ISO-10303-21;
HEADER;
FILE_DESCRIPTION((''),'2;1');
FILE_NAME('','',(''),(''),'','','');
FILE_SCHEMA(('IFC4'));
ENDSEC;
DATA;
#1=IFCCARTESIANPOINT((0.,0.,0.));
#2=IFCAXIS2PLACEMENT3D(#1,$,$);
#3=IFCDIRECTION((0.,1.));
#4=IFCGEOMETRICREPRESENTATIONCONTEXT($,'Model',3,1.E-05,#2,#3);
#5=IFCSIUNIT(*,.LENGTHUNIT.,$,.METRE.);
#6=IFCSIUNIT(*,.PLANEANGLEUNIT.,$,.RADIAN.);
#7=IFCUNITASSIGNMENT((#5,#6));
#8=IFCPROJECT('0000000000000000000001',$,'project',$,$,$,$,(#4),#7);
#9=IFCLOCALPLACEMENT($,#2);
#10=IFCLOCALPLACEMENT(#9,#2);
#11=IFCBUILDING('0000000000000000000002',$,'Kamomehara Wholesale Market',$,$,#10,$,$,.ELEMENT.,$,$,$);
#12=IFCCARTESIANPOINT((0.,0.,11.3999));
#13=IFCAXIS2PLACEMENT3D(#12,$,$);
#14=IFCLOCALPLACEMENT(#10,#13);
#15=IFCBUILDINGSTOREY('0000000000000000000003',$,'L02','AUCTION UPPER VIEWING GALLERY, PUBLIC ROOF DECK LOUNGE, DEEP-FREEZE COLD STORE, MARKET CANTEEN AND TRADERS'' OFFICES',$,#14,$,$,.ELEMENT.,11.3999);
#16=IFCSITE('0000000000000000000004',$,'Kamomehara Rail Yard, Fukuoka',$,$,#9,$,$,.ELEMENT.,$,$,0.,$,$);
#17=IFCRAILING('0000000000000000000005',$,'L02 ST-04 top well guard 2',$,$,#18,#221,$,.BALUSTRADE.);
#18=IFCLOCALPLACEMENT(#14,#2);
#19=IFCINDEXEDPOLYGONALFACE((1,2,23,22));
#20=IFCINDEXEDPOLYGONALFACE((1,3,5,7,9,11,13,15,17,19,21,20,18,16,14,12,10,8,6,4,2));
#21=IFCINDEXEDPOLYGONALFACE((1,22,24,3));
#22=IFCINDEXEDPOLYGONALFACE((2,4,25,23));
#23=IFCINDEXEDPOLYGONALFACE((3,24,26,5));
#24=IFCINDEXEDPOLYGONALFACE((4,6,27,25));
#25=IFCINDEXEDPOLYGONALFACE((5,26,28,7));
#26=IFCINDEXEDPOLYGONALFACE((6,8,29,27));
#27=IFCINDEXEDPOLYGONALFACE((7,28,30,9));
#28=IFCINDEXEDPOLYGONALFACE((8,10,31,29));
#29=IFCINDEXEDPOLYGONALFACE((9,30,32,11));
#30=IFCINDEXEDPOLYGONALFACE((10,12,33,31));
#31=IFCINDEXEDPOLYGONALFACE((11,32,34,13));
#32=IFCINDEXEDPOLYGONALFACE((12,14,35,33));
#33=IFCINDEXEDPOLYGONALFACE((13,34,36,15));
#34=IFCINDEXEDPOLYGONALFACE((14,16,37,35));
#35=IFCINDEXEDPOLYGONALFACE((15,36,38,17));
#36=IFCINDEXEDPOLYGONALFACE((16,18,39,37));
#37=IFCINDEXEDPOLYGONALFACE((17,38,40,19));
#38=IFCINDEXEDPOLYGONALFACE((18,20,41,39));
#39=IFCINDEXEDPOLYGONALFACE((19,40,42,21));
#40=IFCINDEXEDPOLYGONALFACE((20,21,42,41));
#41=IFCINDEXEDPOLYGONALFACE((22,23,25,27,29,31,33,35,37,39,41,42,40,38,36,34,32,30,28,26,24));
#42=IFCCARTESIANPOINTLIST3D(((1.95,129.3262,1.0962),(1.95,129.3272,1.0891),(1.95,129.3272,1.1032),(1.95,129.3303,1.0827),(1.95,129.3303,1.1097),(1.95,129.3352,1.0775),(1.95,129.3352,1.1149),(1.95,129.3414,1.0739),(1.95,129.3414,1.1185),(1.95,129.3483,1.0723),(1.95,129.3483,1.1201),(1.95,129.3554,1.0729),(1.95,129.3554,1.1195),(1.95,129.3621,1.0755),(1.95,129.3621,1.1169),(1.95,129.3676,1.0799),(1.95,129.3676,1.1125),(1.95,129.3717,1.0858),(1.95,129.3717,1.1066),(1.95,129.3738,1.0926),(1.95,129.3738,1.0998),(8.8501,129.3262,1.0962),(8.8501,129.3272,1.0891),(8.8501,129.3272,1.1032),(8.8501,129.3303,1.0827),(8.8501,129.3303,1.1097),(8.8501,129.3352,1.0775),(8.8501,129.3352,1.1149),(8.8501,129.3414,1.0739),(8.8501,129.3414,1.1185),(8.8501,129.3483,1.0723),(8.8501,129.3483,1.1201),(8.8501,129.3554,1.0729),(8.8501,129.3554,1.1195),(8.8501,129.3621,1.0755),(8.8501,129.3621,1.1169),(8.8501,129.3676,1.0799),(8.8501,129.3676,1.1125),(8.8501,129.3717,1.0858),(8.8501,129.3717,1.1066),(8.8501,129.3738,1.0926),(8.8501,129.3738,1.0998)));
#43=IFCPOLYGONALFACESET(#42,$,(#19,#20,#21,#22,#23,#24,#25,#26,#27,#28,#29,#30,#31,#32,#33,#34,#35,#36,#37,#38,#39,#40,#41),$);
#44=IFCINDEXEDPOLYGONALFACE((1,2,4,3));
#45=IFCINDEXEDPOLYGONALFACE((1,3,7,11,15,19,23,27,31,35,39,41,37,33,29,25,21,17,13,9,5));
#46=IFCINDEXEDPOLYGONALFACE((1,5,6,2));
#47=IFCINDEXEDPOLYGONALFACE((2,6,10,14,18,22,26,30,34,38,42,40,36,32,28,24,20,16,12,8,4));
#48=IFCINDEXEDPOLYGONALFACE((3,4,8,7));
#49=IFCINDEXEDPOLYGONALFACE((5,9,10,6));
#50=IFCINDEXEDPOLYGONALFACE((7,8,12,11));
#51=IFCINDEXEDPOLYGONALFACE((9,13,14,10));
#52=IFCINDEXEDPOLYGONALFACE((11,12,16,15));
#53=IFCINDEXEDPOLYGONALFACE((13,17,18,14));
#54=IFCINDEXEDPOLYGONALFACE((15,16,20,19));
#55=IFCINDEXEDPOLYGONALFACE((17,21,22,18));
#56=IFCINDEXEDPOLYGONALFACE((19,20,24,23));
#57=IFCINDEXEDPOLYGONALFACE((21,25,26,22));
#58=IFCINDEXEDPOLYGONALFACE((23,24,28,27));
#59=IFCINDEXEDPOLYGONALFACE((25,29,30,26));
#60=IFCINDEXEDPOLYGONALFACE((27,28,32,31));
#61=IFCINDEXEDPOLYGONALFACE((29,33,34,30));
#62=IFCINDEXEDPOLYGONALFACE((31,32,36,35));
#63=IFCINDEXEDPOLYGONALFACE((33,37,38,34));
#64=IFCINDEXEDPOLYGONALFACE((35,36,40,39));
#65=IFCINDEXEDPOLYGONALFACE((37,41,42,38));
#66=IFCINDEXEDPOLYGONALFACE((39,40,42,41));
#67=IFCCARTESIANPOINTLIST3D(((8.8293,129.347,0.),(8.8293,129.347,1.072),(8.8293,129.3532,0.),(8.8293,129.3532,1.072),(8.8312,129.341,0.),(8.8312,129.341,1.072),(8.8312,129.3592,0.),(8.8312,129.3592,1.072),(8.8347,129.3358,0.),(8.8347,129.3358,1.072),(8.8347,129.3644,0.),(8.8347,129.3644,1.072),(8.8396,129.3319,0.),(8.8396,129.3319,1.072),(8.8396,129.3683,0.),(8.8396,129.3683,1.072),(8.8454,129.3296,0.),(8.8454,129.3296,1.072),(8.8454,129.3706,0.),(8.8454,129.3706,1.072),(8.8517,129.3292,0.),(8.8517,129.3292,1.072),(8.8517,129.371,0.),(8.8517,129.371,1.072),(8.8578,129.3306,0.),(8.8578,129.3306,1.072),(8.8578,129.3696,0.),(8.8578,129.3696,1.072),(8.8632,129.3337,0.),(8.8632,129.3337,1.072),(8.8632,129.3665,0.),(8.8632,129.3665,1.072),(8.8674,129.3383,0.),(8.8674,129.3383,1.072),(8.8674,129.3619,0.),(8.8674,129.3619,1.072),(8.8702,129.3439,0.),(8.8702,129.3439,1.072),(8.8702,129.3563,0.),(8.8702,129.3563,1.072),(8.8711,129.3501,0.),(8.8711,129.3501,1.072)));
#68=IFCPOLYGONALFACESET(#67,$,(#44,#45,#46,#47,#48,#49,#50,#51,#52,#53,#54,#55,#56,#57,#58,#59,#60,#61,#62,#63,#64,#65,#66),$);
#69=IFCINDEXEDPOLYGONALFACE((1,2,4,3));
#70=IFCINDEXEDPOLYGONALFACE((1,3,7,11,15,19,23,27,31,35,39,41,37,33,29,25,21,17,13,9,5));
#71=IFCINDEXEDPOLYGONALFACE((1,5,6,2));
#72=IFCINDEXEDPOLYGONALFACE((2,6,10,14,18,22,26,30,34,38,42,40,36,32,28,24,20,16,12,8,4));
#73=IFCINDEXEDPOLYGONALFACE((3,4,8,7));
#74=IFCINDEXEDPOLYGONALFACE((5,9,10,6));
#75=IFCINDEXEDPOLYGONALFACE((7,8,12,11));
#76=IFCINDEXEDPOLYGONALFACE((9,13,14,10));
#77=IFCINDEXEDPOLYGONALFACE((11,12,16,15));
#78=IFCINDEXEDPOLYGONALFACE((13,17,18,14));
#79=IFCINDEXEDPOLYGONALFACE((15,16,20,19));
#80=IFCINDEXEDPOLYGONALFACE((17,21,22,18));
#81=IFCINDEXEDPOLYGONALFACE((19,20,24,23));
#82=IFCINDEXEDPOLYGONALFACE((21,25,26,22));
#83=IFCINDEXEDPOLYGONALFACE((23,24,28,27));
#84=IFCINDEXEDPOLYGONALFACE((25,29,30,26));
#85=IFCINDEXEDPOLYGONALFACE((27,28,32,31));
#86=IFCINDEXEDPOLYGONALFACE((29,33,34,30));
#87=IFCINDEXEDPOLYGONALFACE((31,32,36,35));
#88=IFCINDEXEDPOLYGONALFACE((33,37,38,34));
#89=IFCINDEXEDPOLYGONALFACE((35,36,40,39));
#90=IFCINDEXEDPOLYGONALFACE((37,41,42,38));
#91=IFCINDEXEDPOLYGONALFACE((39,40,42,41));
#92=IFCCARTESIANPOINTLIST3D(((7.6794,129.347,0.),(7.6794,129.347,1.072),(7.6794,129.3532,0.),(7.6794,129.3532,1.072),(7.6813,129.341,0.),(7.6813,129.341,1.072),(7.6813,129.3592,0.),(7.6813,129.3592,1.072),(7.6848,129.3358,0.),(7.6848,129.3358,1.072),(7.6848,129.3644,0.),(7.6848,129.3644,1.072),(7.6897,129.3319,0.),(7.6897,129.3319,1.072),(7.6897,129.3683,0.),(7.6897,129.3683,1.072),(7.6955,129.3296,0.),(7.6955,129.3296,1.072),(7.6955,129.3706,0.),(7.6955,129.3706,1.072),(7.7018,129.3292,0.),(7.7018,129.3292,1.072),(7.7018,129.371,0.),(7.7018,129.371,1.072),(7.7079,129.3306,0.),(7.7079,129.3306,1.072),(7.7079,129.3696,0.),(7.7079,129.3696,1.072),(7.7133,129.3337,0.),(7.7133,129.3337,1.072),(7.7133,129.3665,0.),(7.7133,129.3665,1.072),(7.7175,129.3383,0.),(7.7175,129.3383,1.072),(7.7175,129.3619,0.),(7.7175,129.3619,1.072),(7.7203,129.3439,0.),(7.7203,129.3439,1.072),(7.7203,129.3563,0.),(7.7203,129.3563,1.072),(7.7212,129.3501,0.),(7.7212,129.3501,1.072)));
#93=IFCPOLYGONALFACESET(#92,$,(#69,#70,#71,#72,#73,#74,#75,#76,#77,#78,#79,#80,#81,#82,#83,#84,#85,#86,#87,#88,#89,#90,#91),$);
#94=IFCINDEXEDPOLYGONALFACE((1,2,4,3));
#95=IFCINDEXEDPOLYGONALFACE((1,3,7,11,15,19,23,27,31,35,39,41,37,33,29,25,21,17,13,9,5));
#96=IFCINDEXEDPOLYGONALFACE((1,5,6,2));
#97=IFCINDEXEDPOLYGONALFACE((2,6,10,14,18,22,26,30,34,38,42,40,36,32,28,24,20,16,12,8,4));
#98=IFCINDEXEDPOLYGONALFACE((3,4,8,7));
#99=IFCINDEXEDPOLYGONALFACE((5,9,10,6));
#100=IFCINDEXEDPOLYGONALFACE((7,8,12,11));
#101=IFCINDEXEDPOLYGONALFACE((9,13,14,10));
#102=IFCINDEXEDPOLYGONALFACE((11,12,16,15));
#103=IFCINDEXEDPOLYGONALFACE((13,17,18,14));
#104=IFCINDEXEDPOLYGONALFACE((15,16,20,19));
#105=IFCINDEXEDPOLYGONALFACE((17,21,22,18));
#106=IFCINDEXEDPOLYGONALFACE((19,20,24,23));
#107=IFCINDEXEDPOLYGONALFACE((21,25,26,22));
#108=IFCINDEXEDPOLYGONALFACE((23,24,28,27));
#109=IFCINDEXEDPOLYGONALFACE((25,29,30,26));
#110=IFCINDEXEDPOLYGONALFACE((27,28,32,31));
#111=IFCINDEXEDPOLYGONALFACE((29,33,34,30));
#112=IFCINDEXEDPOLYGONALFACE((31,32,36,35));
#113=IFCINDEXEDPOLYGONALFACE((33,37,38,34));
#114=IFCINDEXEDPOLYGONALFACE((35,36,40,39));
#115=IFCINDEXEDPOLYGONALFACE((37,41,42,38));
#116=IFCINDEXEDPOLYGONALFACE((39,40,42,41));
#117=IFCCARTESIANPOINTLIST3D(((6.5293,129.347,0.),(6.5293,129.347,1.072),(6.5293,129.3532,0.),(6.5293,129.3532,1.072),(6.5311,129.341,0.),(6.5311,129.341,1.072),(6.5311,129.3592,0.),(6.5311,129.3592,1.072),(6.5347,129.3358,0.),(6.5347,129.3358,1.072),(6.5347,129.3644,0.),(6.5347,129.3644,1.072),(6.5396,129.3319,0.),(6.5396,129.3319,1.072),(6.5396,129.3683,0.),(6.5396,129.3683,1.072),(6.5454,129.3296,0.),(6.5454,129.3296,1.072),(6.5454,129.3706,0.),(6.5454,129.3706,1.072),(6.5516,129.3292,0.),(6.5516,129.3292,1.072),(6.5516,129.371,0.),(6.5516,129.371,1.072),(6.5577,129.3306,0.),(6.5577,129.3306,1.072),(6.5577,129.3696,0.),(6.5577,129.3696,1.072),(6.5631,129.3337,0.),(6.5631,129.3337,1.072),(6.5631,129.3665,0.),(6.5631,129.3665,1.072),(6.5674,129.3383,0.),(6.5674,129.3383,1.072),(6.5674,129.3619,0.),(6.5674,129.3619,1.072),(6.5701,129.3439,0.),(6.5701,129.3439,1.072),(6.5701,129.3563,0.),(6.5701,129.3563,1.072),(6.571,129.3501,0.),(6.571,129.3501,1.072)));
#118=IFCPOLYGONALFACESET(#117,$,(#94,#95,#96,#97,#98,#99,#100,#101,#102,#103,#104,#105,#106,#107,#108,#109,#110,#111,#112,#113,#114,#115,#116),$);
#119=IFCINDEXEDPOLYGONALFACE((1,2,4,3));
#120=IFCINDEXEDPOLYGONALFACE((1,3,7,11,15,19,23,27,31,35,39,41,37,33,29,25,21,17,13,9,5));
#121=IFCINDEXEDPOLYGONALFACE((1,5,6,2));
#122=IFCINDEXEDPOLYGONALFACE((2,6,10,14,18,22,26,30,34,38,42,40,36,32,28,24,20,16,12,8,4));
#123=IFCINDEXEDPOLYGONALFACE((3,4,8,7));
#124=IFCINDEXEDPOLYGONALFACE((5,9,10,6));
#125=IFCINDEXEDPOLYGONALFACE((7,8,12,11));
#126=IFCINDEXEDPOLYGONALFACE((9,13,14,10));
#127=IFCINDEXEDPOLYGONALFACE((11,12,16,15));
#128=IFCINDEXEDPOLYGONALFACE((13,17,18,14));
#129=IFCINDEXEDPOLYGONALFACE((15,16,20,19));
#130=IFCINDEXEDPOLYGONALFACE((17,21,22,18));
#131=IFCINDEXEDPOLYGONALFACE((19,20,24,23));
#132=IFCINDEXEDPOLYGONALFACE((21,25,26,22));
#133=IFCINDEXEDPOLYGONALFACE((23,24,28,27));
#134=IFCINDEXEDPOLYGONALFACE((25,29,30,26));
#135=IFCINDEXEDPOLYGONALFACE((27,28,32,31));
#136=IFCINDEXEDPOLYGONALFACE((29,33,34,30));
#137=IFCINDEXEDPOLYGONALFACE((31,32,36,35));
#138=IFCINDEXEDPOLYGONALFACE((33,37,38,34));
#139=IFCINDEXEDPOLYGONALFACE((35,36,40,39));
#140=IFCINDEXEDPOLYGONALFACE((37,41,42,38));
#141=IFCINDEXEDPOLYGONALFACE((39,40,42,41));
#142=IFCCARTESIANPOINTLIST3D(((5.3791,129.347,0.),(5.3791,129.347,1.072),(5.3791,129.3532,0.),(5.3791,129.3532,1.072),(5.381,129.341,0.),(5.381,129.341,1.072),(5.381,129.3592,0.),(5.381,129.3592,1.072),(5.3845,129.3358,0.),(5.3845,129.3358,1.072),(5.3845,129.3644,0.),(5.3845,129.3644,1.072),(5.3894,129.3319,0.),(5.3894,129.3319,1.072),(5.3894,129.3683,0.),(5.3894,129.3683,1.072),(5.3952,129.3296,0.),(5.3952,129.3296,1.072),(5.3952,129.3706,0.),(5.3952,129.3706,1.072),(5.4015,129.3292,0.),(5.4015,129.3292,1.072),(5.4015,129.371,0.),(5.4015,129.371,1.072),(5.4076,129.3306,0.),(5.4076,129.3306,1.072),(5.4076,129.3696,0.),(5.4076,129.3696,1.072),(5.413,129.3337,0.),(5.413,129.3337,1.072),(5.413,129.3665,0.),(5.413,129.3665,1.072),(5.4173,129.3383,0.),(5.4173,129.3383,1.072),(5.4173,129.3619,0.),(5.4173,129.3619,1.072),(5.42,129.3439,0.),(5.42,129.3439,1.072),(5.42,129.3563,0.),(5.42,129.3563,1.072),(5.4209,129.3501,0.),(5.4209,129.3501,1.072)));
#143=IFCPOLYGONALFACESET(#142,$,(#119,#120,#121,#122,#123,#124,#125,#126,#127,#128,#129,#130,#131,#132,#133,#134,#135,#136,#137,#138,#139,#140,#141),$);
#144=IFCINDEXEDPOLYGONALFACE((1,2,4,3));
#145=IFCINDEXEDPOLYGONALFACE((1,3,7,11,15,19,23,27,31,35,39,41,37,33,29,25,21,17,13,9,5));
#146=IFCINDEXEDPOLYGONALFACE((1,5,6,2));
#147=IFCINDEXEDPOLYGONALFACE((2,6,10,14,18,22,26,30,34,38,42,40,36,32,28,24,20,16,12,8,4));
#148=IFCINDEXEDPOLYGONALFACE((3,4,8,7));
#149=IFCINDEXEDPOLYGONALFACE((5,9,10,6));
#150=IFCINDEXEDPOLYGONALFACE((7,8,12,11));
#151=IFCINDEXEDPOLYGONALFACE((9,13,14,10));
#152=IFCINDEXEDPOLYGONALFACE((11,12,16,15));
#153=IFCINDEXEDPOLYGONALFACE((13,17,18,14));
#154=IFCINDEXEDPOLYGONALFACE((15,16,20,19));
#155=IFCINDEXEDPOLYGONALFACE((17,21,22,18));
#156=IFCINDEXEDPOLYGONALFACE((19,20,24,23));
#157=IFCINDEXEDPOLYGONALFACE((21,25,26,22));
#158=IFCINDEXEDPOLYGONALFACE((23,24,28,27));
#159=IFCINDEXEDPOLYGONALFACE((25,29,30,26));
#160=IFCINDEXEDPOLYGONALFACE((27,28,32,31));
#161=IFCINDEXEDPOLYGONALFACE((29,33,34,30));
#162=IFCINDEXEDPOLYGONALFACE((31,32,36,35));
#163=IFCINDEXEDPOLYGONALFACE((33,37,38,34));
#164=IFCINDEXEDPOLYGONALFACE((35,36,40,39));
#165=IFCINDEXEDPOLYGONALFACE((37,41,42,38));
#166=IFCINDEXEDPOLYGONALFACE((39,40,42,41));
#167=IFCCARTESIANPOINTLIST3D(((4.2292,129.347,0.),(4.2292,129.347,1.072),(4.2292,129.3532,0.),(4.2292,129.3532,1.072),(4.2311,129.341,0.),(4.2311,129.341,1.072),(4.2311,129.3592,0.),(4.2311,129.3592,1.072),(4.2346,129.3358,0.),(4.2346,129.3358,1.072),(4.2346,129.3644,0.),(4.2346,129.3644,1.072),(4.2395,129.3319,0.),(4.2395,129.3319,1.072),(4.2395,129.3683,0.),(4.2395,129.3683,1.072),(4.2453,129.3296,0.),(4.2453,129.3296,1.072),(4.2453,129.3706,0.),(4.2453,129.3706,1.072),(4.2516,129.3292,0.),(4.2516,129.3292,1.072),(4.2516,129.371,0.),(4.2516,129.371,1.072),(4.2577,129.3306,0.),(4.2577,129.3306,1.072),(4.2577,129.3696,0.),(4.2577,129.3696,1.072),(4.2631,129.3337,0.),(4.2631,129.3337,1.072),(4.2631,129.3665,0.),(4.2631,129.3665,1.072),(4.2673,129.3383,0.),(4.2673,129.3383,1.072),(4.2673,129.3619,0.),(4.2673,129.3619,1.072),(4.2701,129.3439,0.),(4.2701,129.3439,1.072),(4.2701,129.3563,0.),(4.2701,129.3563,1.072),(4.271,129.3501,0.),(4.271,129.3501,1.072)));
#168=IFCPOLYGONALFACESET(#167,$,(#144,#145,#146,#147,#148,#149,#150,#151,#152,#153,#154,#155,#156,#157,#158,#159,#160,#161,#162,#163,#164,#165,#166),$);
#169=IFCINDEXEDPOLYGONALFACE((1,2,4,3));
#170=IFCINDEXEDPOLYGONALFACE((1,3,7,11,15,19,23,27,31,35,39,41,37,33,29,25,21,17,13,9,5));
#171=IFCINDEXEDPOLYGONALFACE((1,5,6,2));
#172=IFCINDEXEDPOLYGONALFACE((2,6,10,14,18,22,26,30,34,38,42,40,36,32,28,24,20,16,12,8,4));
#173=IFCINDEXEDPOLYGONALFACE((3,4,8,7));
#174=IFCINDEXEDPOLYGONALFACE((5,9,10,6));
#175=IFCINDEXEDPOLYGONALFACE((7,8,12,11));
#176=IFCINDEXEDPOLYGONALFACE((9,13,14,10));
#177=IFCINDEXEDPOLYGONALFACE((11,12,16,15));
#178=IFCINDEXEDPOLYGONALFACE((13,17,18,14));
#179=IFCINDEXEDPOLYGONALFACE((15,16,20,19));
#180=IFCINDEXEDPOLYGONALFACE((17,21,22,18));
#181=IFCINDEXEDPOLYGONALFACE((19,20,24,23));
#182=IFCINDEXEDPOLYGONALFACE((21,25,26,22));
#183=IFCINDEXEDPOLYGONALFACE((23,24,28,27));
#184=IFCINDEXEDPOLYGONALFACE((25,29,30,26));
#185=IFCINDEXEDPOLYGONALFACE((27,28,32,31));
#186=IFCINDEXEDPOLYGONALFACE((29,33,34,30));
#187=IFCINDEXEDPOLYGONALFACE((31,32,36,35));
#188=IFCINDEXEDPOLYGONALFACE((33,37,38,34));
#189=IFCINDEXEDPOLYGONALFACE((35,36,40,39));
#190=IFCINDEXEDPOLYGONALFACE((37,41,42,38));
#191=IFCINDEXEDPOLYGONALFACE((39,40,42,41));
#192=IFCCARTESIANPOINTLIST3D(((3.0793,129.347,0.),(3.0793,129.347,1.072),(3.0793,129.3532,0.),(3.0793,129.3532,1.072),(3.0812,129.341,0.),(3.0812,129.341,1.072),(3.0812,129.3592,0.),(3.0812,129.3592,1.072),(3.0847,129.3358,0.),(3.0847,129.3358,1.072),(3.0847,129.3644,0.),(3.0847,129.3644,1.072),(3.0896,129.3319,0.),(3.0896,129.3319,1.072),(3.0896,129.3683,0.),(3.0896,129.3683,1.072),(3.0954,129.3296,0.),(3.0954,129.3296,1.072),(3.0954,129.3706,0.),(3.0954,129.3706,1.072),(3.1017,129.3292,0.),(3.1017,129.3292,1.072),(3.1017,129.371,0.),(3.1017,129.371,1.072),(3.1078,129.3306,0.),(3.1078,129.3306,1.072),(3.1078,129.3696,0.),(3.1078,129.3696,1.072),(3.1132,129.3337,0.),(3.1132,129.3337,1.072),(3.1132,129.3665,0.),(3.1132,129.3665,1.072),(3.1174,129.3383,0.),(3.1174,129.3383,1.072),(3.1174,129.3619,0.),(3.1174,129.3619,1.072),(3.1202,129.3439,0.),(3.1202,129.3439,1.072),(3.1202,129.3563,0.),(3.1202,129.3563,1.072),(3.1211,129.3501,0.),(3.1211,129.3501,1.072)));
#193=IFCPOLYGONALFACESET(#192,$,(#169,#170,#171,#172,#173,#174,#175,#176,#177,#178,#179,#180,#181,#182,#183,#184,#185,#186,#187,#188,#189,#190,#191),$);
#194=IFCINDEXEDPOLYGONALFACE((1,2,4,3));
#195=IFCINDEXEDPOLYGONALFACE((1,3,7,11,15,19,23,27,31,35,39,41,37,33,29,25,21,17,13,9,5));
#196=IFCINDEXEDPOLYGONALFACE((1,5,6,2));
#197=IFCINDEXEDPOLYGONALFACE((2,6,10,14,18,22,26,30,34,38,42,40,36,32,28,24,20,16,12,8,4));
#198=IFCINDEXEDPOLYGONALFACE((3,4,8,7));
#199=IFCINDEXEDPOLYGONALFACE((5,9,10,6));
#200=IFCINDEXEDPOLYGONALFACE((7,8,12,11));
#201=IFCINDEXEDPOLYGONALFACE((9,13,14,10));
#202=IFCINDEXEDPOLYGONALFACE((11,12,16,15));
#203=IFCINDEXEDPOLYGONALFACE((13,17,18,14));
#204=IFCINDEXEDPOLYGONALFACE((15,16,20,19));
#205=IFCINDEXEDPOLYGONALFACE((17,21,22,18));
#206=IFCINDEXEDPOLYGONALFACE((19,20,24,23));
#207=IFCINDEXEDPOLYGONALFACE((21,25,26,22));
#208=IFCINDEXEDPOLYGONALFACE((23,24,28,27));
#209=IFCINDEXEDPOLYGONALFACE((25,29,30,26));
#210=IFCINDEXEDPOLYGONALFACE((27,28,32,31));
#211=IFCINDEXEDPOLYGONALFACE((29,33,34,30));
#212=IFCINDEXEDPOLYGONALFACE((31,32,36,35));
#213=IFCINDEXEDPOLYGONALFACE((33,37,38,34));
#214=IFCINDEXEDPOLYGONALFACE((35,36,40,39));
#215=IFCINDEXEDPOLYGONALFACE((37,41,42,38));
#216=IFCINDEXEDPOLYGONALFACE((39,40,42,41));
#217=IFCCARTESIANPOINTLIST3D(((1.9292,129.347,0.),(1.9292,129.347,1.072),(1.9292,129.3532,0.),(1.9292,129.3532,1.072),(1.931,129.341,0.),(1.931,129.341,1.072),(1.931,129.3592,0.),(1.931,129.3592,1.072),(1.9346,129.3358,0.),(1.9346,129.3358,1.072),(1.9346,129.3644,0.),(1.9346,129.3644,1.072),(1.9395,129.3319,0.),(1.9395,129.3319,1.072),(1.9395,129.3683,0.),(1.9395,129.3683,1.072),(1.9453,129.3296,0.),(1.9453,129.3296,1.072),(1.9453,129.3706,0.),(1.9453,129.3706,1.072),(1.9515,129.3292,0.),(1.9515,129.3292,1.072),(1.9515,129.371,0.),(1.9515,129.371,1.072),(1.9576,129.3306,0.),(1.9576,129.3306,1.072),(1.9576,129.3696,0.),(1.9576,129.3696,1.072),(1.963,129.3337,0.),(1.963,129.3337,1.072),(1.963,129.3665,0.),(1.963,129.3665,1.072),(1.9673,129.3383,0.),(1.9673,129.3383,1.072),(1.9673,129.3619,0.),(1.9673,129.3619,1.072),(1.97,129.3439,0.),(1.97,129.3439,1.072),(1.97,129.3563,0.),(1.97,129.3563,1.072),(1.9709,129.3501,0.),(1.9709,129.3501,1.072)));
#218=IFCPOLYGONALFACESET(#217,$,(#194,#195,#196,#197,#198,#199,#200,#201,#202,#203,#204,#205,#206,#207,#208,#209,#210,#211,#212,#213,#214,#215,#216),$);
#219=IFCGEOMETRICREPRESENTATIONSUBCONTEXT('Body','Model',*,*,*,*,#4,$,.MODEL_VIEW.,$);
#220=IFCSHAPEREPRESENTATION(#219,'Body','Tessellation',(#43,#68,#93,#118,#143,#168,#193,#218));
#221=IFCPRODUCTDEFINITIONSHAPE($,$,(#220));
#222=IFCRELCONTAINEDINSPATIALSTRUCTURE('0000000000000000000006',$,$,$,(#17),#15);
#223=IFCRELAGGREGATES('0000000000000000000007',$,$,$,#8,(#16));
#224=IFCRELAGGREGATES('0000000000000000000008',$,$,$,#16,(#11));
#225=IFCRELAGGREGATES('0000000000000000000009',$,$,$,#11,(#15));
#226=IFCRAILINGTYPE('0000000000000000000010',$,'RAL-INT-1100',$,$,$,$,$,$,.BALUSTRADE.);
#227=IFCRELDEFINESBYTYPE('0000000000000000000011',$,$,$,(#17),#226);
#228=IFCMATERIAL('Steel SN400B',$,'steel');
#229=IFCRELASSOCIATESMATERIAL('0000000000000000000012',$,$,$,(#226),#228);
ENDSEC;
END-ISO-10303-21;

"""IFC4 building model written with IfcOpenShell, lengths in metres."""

from ifc_helpers import new_model, si_unit, direction, frame, origin, origin_2d, place, context, subcontext, project, spatial, circle, extrude, material, type_object, element, save


model = new_model("IFC4")

# Units and contexts
model_context = context("Model", 3, precision=1e-05, world=origin(), true_north=direction((0.0, 1.0)))
body_context = subcontext(model_context, "Body", "Model", "MODEL_VIEW")
ifc_project = project(units=[si_unit("LENGTHUNIT", "METRE"), si_unit("PLANEANGLEUNIT", "RADIAN")], contexts=[model_context])

# Site, building, storey
site_placement = place(None, origin())
site = spatial("IfcSite", under=ifc_project, at=site_placement, Name="Kamomehara Rail Yard, Fukuoka", CompositionType="ELEMENT", RefElevation=0.0)
building_placement = place(site_placement, origin())
building = spatial("IfcBuilding", under=site, at=building_placement, Name="Kamomehara Wholesale Market", CompositionType="ELEMENT")
storey_placement = place(building_placement, frame((0.0, 0.0, 11.3999)))
storey = spatial("IfcBuildingStorey", under=building, at=storey_placement, Name="L02", Description="AUCTION UPPER VIEWING GALLERY, PUBLIC ROOF DECK LOUNGE, DEEP-FREEZE COLD STORE, MARKET CANTEEN AND TRADERS' OFFICES", CompositionType="ELEMENT", Elevation=11.3999)

# Railing
ifc_material_1 = material(Name="Steel SN400B", Category="steel")
railing_type = type_object("IfcRailingType", Name="RAL-INT-1100", PredefinedType="BALUSTRADE", material=ifc_material_1)
railing_1_placement = place(storey_placement, frame((8.8501, 129.3501, 0.0)))
element("IfcRailing", 1, at=railing_1_placement, inside=storey, type_object=railing_type, Name="L02 ST-04 top well guard 2", PredefinedType="BALUSTRADE", context=body_context, shape_type="SweptSolid", body=[
    extrude(circle(Radius=0.0239, at=origin_2d()), frame((0.0, 0.0, 1.0962), z_axis=(-1.0, 0.0, 0.0), x_axis=(0.0, -1.0, 0.0)), (0.0, 0.0, 1.0), 6.9001),
    extrude(circle(Radius=0.021, at=origin_2d()), origin(), (0.0, 0.0, 1.0), 1.072),
    extrude(circle(Radius=0.021, at=origin_2d()), frame((-1.1499, 0.0, 0.0)), (0.0, 0.0, 1.0), 1.072),
    extrude(circle(Radius=0.021, at=origin_2d()), frame((-2.3, 0.0, 0.0)), (0.0, 0.0, 1.0), 1.072),
    extrude(circle(Radius=0.021, at=origin_2d()), frame((-3.4502, 0.0, 0.0)), (0.0, 0.0, 1.0), 1.072),
    extrude(circle(Radius=0.021, at=origin_2d()), frame((-4.6001, 0.0, 0.0)), (0.0, 0.0, 1.0), 1.072),
    extrude(circle(Radius=0.021, at=origin_2d()), frame((-5.75, 0.0, 0.0)), (0.0, 0.0, 1.0), 1.072),
    extrude(circle(Radius=0.021, at=origin_2d()), frame((-6.9001, 0.0, 0.0)), (0.0, 0.0, 1.0), 1.072),
])

save(model, "model.ifc")
